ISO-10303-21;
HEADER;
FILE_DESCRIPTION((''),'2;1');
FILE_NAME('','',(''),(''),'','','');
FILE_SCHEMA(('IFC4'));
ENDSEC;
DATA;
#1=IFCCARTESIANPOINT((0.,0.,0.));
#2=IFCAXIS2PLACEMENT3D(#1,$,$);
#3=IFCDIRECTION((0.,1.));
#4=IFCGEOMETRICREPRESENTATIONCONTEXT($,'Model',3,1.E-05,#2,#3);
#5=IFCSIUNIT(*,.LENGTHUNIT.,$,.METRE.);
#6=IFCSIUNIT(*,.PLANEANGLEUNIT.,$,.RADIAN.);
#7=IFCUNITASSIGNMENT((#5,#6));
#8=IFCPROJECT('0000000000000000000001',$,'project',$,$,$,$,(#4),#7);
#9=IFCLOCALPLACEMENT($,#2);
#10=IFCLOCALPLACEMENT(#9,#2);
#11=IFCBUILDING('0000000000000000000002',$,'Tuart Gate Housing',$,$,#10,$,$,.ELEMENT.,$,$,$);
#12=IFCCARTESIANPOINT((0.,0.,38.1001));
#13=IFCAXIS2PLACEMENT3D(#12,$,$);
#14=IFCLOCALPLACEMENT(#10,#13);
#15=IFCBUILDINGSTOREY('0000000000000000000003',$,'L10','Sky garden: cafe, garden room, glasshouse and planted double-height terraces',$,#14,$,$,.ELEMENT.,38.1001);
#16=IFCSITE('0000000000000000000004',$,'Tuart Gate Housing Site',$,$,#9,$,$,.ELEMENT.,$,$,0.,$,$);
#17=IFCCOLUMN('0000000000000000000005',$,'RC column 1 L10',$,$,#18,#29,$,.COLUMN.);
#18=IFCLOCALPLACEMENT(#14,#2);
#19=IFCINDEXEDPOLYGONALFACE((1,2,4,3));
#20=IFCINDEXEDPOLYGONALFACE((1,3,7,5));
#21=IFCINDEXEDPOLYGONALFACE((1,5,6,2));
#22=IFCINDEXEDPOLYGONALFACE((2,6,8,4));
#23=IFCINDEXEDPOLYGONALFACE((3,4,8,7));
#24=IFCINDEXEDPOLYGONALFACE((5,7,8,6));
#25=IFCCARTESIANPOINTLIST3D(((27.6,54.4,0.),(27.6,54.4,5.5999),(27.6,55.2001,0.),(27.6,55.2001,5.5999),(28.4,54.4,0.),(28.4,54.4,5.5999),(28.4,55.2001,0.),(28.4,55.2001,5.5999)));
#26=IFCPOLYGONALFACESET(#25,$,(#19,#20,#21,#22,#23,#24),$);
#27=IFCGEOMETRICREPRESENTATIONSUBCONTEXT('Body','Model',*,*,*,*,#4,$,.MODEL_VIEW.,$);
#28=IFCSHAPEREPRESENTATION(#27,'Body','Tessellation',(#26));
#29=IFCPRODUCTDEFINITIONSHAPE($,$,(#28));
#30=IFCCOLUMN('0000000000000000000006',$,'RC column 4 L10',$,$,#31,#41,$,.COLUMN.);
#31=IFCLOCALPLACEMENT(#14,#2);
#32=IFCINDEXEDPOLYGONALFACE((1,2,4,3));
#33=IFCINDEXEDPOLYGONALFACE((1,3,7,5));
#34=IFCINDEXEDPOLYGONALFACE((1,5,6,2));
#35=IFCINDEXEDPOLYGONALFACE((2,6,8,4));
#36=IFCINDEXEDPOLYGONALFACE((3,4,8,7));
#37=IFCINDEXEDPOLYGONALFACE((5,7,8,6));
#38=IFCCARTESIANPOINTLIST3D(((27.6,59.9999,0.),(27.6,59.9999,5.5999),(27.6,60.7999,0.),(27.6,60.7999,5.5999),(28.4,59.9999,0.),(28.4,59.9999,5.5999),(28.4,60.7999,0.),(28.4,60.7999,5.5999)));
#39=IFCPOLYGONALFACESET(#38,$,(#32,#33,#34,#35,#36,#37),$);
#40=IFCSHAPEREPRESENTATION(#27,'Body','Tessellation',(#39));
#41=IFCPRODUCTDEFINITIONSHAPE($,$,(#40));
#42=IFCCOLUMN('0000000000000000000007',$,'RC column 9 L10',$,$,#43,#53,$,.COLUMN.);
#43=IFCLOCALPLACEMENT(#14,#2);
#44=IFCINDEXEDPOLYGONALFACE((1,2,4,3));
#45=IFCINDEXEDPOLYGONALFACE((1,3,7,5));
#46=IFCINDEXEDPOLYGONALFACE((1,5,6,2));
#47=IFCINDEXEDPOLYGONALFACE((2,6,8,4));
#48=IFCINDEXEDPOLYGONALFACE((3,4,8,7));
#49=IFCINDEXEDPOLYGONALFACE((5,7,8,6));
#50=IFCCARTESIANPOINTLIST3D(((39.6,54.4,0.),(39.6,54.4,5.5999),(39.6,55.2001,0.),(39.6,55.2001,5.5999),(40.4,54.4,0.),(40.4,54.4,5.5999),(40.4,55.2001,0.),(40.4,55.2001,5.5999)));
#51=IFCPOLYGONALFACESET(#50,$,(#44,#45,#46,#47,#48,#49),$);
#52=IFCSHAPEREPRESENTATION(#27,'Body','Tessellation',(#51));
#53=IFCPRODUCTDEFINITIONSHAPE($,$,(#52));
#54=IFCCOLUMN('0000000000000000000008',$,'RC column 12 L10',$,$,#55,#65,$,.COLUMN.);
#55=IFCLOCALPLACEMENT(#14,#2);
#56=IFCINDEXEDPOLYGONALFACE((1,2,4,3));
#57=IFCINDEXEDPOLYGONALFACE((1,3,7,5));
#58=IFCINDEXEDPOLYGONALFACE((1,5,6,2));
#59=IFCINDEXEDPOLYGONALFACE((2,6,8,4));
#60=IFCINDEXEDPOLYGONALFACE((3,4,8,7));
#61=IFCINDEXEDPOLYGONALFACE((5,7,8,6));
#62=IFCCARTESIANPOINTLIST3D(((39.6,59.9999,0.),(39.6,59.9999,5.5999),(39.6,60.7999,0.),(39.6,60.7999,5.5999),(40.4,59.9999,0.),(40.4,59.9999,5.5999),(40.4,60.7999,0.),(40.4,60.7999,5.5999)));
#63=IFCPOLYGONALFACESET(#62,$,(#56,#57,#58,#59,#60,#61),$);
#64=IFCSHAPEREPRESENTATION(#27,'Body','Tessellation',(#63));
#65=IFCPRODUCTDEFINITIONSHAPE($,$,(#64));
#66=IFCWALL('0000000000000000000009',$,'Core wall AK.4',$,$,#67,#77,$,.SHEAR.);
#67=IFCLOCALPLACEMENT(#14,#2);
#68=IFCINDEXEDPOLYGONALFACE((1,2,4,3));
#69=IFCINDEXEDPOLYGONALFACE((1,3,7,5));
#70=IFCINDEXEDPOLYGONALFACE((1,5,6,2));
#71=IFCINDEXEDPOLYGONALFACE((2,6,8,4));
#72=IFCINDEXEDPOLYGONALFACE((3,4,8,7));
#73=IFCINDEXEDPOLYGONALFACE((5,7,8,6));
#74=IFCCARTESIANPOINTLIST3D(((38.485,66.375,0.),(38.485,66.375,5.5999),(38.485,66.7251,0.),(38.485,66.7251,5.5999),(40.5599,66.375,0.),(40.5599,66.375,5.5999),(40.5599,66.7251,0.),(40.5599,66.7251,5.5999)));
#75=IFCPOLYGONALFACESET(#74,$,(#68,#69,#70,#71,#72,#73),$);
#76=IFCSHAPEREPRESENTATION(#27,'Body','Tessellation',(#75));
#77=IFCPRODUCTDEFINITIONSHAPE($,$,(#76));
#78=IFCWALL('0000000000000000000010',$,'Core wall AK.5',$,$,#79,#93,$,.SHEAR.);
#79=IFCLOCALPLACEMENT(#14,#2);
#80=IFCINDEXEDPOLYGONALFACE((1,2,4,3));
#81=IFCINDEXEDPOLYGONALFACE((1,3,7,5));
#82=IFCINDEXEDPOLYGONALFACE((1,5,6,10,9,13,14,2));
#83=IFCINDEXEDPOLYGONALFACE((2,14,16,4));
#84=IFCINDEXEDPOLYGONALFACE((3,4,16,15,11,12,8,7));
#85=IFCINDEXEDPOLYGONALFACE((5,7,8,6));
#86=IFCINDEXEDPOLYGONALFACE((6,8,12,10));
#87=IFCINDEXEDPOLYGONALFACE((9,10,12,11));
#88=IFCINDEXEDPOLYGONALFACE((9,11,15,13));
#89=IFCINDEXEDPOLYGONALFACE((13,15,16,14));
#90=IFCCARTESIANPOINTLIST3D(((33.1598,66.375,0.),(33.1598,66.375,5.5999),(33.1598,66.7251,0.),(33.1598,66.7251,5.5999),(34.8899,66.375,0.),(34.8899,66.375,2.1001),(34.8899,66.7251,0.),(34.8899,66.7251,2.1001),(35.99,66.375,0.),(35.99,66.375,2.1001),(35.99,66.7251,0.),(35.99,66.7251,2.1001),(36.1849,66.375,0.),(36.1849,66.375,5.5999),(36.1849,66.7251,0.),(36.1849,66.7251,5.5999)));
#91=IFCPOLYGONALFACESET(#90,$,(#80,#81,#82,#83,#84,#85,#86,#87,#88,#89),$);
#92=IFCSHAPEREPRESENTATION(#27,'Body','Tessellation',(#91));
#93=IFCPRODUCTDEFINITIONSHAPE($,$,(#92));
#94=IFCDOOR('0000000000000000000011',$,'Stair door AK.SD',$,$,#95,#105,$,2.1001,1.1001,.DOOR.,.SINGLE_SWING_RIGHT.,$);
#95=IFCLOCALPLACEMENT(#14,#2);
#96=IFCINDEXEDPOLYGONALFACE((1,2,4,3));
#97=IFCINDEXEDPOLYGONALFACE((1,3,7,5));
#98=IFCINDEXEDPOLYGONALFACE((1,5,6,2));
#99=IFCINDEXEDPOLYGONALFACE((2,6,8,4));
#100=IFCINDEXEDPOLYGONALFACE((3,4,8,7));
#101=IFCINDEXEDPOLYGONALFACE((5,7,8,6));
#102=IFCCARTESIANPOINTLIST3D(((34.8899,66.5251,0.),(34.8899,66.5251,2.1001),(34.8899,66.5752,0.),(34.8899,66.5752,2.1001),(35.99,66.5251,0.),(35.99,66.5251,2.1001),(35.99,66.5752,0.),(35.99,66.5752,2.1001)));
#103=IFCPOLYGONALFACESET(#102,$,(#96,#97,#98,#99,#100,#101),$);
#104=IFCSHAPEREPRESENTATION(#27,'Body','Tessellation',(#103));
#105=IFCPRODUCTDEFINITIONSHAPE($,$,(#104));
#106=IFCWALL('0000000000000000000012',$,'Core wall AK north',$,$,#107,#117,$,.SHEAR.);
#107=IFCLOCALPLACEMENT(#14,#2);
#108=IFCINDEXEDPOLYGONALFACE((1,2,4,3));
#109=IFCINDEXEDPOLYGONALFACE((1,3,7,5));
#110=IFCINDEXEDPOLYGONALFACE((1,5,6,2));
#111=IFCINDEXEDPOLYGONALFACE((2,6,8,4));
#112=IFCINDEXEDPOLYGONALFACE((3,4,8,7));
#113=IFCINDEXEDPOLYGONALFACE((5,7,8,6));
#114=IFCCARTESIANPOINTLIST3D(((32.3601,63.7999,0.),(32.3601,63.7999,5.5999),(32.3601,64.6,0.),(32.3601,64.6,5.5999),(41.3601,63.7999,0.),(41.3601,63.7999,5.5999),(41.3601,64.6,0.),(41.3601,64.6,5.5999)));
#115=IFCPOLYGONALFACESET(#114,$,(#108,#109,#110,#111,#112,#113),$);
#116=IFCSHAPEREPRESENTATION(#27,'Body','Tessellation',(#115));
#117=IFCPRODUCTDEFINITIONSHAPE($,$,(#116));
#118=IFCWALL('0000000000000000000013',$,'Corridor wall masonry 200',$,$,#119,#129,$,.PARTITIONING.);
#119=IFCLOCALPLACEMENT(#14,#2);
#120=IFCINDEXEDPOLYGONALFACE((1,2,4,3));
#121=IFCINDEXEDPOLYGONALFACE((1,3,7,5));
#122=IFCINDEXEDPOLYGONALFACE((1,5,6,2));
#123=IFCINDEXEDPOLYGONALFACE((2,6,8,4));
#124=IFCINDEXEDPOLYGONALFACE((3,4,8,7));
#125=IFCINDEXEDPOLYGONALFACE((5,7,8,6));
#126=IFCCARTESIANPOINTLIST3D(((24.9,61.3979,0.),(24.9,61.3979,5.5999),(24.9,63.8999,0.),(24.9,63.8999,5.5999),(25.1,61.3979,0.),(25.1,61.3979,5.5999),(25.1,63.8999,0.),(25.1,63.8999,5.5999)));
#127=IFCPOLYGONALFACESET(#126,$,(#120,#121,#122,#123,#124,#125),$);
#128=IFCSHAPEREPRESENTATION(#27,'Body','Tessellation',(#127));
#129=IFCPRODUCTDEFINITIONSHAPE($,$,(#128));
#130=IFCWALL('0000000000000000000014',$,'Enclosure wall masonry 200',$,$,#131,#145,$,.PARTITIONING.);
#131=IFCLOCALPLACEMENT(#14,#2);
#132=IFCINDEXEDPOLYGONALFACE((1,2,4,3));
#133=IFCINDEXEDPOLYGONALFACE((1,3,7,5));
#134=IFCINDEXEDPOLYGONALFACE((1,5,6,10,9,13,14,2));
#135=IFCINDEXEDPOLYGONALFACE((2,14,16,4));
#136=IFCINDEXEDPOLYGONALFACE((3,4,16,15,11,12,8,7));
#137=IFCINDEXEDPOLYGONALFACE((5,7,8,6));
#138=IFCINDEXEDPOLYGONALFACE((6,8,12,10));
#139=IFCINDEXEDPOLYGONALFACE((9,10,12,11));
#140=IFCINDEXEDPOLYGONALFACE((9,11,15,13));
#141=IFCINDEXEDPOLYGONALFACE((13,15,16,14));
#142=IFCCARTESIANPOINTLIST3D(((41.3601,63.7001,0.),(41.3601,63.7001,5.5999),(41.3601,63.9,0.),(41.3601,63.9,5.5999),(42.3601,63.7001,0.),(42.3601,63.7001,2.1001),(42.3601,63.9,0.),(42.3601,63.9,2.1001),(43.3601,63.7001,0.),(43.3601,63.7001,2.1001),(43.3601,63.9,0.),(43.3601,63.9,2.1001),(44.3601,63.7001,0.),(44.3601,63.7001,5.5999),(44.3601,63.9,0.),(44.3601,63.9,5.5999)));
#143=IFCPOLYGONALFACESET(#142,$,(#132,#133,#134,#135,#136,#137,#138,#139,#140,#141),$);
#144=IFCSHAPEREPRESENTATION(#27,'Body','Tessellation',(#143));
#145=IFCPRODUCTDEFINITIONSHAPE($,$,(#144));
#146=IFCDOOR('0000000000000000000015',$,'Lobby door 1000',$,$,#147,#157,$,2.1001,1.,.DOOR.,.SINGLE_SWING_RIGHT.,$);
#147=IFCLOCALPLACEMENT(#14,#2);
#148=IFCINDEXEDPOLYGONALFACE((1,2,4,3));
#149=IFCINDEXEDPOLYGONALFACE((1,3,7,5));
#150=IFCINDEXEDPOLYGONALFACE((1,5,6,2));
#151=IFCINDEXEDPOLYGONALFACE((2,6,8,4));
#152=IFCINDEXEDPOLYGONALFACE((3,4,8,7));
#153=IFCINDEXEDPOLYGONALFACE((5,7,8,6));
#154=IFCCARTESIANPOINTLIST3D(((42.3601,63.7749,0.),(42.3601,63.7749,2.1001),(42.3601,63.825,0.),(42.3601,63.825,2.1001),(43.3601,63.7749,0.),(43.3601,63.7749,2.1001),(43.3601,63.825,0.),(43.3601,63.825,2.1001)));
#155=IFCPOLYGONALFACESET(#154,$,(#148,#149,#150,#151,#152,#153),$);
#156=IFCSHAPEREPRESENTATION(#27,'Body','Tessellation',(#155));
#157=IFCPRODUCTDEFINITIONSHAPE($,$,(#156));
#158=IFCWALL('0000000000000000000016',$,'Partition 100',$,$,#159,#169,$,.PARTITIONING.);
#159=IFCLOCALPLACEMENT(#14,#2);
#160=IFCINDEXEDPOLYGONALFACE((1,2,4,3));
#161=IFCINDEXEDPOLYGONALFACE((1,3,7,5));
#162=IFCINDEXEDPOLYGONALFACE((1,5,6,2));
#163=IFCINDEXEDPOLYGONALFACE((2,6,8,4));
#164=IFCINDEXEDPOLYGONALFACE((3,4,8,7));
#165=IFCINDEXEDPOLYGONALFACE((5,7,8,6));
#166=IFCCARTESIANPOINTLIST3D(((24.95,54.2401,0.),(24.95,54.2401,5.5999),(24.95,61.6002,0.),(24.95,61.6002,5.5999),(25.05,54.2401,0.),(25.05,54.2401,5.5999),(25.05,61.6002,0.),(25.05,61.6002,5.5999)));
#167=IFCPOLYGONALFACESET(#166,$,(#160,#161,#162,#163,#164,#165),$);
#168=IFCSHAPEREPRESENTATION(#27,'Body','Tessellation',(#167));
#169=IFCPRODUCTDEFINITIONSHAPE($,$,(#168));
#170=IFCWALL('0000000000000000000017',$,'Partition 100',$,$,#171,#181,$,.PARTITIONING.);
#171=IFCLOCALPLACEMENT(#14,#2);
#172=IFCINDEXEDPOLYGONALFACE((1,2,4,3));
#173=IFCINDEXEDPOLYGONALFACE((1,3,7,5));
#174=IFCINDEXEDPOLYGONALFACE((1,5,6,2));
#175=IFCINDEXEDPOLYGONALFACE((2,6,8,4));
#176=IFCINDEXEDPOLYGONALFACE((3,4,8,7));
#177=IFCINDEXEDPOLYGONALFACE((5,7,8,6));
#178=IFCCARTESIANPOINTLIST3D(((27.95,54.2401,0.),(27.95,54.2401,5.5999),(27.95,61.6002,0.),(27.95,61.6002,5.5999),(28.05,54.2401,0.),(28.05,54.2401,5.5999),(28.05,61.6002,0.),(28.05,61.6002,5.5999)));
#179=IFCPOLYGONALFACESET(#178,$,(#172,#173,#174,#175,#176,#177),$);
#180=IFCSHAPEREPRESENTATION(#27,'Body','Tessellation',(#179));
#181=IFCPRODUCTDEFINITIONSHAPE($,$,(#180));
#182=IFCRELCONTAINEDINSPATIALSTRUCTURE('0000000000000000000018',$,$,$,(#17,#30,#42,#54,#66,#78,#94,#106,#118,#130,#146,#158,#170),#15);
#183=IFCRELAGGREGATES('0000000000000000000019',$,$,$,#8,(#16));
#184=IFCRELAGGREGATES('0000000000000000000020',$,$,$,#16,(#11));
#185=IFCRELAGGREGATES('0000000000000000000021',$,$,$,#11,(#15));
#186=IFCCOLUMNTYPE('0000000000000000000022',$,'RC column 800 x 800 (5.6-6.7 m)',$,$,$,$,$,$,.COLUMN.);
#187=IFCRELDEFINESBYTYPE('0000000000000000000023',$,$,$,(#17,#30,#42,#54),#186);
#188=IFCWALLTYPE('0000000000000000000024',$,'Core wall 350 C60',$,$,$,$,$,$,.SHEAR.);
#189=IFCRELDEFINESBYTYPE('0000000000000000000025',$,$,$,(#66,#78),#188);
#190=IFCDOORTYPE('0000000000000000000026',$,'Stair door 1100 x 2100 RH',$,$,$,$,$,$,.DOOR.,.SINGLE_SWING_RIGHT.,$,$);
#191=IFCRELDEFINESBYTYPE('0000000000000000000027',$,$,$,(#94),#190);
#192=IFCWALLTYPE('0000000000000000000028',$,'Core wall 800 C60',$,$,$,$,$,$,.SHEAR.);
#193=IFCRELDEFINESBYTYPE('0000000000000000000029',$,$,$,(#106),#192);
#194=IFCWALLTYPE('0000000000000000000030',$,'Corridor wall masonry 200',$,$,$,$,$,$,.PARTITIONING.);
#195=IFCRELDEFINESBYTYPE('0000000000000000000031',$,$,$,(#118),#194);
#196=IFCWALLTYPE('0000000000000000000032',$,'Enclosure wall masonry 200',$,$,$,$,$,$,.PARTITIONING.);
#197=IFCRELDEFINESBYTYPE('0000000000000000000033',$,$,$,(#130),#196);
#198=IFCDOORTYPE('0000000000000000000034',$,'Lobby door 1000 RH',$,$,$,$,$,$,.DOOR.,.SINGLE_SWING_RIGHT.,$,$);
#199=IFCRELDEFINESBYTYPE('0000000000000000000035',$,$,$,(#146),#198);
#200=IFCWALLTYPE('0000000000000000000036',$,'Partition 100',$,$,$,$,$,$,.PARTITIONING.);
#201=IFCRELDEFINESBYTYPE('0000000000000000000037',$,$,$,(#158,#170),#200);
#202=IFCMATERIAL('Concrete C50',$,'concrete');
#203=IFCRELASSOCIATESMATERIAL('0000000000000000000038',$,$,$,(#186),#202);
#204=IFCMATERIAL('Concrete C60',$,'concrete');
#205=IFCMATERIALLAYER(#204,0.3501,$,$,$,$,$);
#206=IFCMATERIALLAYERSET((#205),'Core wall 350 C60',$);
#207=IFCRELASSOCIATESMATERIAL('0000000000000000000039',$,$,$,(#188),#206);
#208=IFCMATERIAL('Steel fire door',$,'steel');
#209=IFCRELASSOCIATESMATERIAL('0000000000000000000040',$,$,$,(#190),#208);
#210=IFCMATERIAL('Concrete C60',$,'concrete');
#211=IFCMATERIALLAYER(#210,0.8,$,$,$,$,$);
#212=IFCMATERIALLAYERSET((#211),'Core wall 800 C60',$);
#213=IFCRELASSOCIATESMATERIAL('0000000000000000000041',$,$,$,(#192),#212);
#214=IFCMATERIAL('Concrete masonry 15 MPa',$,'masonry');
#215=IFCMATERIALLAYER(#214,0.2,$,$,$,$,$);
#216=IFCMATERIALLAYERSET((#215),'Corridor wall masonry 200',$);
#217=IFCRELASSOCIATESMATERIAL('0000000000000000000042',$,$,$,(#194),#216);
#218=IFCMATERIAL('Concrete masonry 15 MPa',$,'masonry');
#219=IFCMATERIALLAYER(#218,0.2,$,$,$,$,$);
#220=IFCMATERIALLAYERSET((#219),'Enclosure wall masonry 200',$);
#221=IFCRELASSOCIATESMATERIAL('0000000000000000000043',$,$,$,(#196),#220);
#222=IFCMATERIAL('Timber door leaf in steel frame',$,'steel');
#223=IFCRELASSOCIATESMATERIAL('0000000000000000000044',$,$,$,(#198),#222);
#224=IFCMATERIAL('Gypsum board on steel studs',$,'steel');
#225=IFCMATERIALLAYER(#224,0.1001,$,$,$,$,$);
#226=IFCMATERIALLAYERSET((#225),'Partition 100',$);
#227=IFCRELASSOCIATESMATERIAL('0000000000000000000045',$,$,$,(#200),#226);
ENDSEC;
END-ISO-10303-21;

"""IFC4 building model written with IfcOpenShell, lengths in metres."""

from ifc_helpers import new_model, si_unit, direction, frame, frame_2d, origin, origin_2d, place, context, subcontext, project, spatial, rectangle, extrude, material, layer, layer_set, material_profile, profile_set, type_object, element, fill, save


model = new_model("IFC4")

# Units and contexts
model_context = context("Model", 3, precision=1e-05, world=origin(), true_north=direction((0.0, 1.0)))
body_context = subcontext(model_context, "Body", "Model", "MODEL_VIEW")
ifc_project = project(units=[si_unit("LENGTHUNIT", "METRE"), si_unit("PLANEANGLEUNIT", "RADIAN")], contexts=[model_context])

# Site, building, storey
site_placement = place(None, origin())
site = spatial("IfcSite", under=ifc_project, at=site_placement, Name="Tuart Gate Housing Site", CompositionType="ELEMENT", RefElevation=0.0)
building_placement = place(site_placement, origin())
building = spatial("IfcBuilding", under=site, at=building_placement, Name="Tuart Gate Housing", CompositionType="ELEMENT")
storey_placement = place(building_placement, frame((0.0, 0.0, 38.1001)))
storey = spatial("IfcBuildingStorey", under=building, at=storey_placement, Name="L10", Description="Sky garden: cafe, garden room, glasshouse and planted double-height terraces", CompositionType="ELEMENT", Elevation=38.1001)

# Columns
ifc_material_1 = material(Name="Concrete C50", Category="concrete")
ifc_material_profile = material_profile(ifc_material_1, rectangle(XDim=0.8, YDim=0.8, at=origin_2d()), Name="RC column 800 x 800 (5.6-6.7 m)")
ifc_profile_set = profile_set([ifc_material_profile], Name="Concrete C50")
column_type = type_object("IfcColumnType", Name="RC column 800 x 800 (5.6-6.7 m)", PredefinedType="COLUMN", material=ifc_profile_set)
for number, where, z_axis, x_axis, name in (
    (1, (28.0, 54.8, 0.0), (0.0, 0.0, 1.0), (1.0, 0.0, 0.0), "RC column 1 L10"),
    (2, (28.0, 60.3999, 0.0), (0.0, 0.0, 1.0), (1.0, 0.0, 0.0), "RC column 4 L10"),
    (3, (40.0, 54.8, 0.0), (0.0, 0.0, 1.0), (1.0, 0.0, 0.0), "RC column 9 L10"),
    (4, (40.0, 60.3999, 0.0), (0.0, 0.0, 1.0), (1.0, 0.0, 0.0), "RC column 12 L10"),
):
    element("IfcColumn", number, at=place(storey_placement, frame(where, z_axis=z_axis, x_axis=x_axis)), inside=storey, type_object=column_type, Name=name, PredefinedType="COLUMN", context=body_context, shape_type="SweptSolid", body=[
        extrude(rectangle(XDim=0.8, YDim=0.8, at=origin_2d()), origin(), (0.0, 0.0, 1.0), 5.5999),
    ])

# Wall
ifc_material_2 = material(Name="Concrete C60", Category="concrete")
ifc_layer_1 = layer(ifc_material_2, 0.3501)
ifc_layer_set_1 = layer_set([ifc_layer_1], Name="Core wall 350 C60")
wall_type_1 = type_object("IfcWallType", Name="Core wall 350 C60", PredefinedType="SHEAR", material=ifc_layer_set_1)
wall_1_placement = place(storey_placement, frame((40.5601, 66.55, 0.0), z_axis=(0.0, 0.0, 1.0), x_axis=(-1.0, 0.0, 0.0)))
element("IfcWall", 5, at=wall_1_placement, inside=storey, type_object=wall_type_1, Name="Core wall AK.4", PredefinedType="SHEAR", context=body_context, shape_type="SweptSolid", body=[
    extrude(rectangle(XDim=2.075, YDim=0.3501, at=frame_2d((1.0376, 0.0))), origin(), (0.0, 0.0, 1.0), 5.5999),
])

# Wall, opening, door
wall_2_placement = place(storey_placement, frame((36.1851, 66.55, 0.0), z_axis=(0.0, 0.0, 1.0), x_axis=(-1.0, 0.0, 0.0)))
wall_2 = element("IfcWall", 6, at=wall_2_placement, inside=storey, type_object=wall_type_1, Name="Core wall AK.5", PredefinedType="SHEAR", context=body_context, shape_type="SweptSolid", body=[
    extrude(rectangle(XDim=3.0251, YDim=0.3501, at=frame_2d((1.5127, 0.0))), origin(), (0.0, 0.0, 1.0), 5.5999),
])
opening_1_placement = place(wall_2_placement, frame((0.1951, 0.0, 0.0)))
opening_1 = element("IfcOpeningElement", 7, at=opening_1_placement, cuts=wall_2, PredefinedType="OPENING", context=body_context, shape_type="SweptSolid", body=[
    extrude(rectangle(XDim=1.1001, YDim=2.1001, at=frame_2d((0.55, 1.05))), frame((0.0, 0.1851, 0.0), z_axis=(0.0, -1.0, 0.0), x_axis=(1.0, 0.0, 0.0)), (0.0, 0.0, 1.0), 0.3701),
])
ifc_material_3 = material(Name="Steel fire door", Category="steel")
door_type_1 = type_object("IfcDoorType", Name="Stair door 1100 x 2100 RH", OperationType="SINGLE_SWING_RIGHT", PredefinedType="DOOR", material=ifc_material_3)
door_1_placement = place(opening_1_placement, frame((1.1001, 0.0, 0.0), z_axis=(0.0, 0.0, 1.0), x_axis=(-1.0, 0.0, 0.0)))
door_1 = element("IfcDoor", 8, at=door_1_placement, inside=storey, type_object=door_type_1, Name="Stair door AK.SD", OperationType="SINGLE_SWING_RIGHT", OverallHeight=2.1001, OverallWidth=1.1001, PredefinedType="DOOR", context=body_context, shape_type="SweptSolid", body=[
    extrude(rectangle(XDim=1.1001, YDim=2.1001, at=frame_2d((0.55, 1.05))), frame((0.0, 0.0251, 0.0), z_axis=(0.0, -1.0, 0.0), x_axis=(1.0, 0.0, 0.0)), (0.0, 0.0, 1.0), 0.05),
])
fill(opening_1, door_1)

# Walls
ifc_material_4 = material(Name="Concrete C60", Category="concrete")
ifc_layer_2 = layer(ifc_material_4, 0.8)
ifc_layer_set_2 = layer_set([ifc_layer_2], Name="Core wall 800 C60")
wall_type_2 = type_object("IfcWallType", Name="Core wall 800 C60", PredefinedType="SHEAR", material=ifc_layer_set_2)
wall_3_placement = place(storey_placement, frame((41.3601, 64.2, 0.0), z_axis=(0.0, 0.0, 1.0), x_axis=(-1.0, 0.0, 0.0)))
element("IfcWall", 9, at=wall_3_placement, inside=storey, type_object=wall_type_2, Name="Core wall AK north", PredefinedType="SHEAR", context=body_context, shape_type="SweptSolid", body=[
    extrude(rectangle(XDim=9.0, YDim=0.8, at=frame_2d((4.5, 0.0))), origin(), (0.0, 0.0, 1.0), 5.5999),
])
ifc_material_5 = material(Name="Concrete masonry 15 MPa", Category="masonry")
ifc_layer_3 = layer(ifc_material_5, 0.2)
ifc_layer_set_3 = layer_set([ifc_layer_3], Name="Corridor wall masonry 200")
wall_type_3 = type_object("IfcWallType", Name="Corridor wall masonry 200", PredefinedType="PARTITIONING", material=ifc_layer_set_3)
wall_4_placement = place(storey_placement, frame((25.0, 61.3979, 0.0), z_axis=(0.0, 0.0, 1.0), x_axis=(0.0, 1.0, 0.0)))
element("IfcWall", 10, at=wall_4_placement, inside=storey, type_object=wall_type_3, Name="Corridor wall masonry 200", PredefinedType="PARTITIONING", context=body_context, shape_type="SweptSolid", body=[
    extrude(rectangle(XDim=2.502, YDim=0.2, at=frame_2d((1.251, 0.0))), origin(), (0.0, 0.0, 1.0), 5.5999),
])

# Wall, opening, door
ifc_material_6 = material(Name="Concrete masonry 15 MPa", Category="masonry")
ifc_layer_4 = layer(ifc_material_6, 0.2)
ifc_layer_set_4 = layer_set([ifc_layer_4], Name="Enclosure wall masonry 200")
wall_type_4 = type_object("IfcWallType", Name="Enclosure wall masonry 200", PredefinedType="PARTITIONING", material=ifc_layer_set_4)
wall_5_placement = place(storey_placement, frame((41.3601, 63.8, 0.0), z_axis=(0.0, 0.0, 1.0), x_axis=(1.0, 0.0, 0.0)))
wall_5 = element("IfcWall", 11, at=wall_5_placement, inside=storey, type_object=wall_type_4, Name="Enclosure wall masonry 200", PredefinedType="PARTITIONING", context=body_context, shape_type="SweptSolid", body=[
    extrude(rectangle(XDim=3.0, YDim=0.2, at=frame_2d((1.5, 0.0))), origin(), (0.0, 0.0, 1.0), 5.5999),
])
opening_2_placement = place(wall_5_placement, frame((1.0, 0.0, 0.0)))
opening_2 = element("IfcOpeningElement", 12, at=opening_2_placement, cuts=wall_5, PredefinedType="OPENING", context=body_context, shape_type="SweptSolid", body=[
    extrude(rectangle(XDim=1.0, YDim=2.1001, at=frame_2d((0.5, 1.05))), frame((0.0, 0.1099, 0.0), z_axis=(0.0, -1.0, 0.0), x_axis=(1.0, 0.0, 0.0)), (0.0, 0.0, 1.0), 0.22),
])
ifc_material_7 = material(Name="Timber door leaf in steel frame", Category="steel")
door_type_2 = type_object("IfcDoorType", Name="Lobby door 1000 RH", OperationType="SINGLE_SWING_RIGHT", PredefinedType="DOOR", material=ifc_material_7)
door_2_placement = place(opening_2_placement, origin())
door_2 = element("IfcDoor", 13, at=door_2_placement, inside=storey, type_object=door_type_2, Name="Lobby door 1000", OperationType="SINGLE_SWING_RIGHT", OverallHeight=2.1001, OverallWidth=1.0, PredefinedType="DOOR", context=body_context, shape_type="SweptSolid", body=[
    extrude(rectangle(XDim=1.0, YDim=2.1001, at=frame_2d((0.5, 1.05))), frame((0.0, 0.0249, 0.0), z_axis=(0.0, -1.0, 0.0), x_axis=(1.0, 0.0, 0.0)), (0.0, 0.0, 1.0), 0.05),
])
fill(opening_2, door_2)

# Walls
ifc_material_8 = material(Name="Gypsum board on steel studs", Category="steel")
ifc_layer_5 = layer(ifc_material_8, 0.1001)
ifc_layer_set_5 = layer_set([ifc_layer_5], Name="Partition 100")
wall_type_5 = type_object("IfcWallType", Name="Partition 100", PredefinedType="PARTITIONING", material=ifc_layer_set_5)
for number, where, z_axis, x_axis, name in (
    (14, (25.0, 54.24, 0.0), (0.0, 0.0, 1.0), (0.0, 1.0, 0.0), "Partition 100"),
    (15, (28.0, 54.24, 0.0), (0.0, 0.0, 1.0), (0.0, 1.0, 0.0), "Partition 100"),
):
    element("IfcWall", number, at=place(storey_placement, frame(where, z_axis=z_axis, x_axis=x_axis)), inside=storey, type_object=wall_type_5, Name=name, PredefinedType="PARTITIONING", context=body_context, shape_type="SweptSolid", body=[
        extrude(rectangle(XDim=7.3601, YDim=0.1001, at=frame_2d((3.6802, 0.0))), origin(), (0.0, 0.0, 1.0), 5.5999),
    ])

save(model, "model.ifc")
